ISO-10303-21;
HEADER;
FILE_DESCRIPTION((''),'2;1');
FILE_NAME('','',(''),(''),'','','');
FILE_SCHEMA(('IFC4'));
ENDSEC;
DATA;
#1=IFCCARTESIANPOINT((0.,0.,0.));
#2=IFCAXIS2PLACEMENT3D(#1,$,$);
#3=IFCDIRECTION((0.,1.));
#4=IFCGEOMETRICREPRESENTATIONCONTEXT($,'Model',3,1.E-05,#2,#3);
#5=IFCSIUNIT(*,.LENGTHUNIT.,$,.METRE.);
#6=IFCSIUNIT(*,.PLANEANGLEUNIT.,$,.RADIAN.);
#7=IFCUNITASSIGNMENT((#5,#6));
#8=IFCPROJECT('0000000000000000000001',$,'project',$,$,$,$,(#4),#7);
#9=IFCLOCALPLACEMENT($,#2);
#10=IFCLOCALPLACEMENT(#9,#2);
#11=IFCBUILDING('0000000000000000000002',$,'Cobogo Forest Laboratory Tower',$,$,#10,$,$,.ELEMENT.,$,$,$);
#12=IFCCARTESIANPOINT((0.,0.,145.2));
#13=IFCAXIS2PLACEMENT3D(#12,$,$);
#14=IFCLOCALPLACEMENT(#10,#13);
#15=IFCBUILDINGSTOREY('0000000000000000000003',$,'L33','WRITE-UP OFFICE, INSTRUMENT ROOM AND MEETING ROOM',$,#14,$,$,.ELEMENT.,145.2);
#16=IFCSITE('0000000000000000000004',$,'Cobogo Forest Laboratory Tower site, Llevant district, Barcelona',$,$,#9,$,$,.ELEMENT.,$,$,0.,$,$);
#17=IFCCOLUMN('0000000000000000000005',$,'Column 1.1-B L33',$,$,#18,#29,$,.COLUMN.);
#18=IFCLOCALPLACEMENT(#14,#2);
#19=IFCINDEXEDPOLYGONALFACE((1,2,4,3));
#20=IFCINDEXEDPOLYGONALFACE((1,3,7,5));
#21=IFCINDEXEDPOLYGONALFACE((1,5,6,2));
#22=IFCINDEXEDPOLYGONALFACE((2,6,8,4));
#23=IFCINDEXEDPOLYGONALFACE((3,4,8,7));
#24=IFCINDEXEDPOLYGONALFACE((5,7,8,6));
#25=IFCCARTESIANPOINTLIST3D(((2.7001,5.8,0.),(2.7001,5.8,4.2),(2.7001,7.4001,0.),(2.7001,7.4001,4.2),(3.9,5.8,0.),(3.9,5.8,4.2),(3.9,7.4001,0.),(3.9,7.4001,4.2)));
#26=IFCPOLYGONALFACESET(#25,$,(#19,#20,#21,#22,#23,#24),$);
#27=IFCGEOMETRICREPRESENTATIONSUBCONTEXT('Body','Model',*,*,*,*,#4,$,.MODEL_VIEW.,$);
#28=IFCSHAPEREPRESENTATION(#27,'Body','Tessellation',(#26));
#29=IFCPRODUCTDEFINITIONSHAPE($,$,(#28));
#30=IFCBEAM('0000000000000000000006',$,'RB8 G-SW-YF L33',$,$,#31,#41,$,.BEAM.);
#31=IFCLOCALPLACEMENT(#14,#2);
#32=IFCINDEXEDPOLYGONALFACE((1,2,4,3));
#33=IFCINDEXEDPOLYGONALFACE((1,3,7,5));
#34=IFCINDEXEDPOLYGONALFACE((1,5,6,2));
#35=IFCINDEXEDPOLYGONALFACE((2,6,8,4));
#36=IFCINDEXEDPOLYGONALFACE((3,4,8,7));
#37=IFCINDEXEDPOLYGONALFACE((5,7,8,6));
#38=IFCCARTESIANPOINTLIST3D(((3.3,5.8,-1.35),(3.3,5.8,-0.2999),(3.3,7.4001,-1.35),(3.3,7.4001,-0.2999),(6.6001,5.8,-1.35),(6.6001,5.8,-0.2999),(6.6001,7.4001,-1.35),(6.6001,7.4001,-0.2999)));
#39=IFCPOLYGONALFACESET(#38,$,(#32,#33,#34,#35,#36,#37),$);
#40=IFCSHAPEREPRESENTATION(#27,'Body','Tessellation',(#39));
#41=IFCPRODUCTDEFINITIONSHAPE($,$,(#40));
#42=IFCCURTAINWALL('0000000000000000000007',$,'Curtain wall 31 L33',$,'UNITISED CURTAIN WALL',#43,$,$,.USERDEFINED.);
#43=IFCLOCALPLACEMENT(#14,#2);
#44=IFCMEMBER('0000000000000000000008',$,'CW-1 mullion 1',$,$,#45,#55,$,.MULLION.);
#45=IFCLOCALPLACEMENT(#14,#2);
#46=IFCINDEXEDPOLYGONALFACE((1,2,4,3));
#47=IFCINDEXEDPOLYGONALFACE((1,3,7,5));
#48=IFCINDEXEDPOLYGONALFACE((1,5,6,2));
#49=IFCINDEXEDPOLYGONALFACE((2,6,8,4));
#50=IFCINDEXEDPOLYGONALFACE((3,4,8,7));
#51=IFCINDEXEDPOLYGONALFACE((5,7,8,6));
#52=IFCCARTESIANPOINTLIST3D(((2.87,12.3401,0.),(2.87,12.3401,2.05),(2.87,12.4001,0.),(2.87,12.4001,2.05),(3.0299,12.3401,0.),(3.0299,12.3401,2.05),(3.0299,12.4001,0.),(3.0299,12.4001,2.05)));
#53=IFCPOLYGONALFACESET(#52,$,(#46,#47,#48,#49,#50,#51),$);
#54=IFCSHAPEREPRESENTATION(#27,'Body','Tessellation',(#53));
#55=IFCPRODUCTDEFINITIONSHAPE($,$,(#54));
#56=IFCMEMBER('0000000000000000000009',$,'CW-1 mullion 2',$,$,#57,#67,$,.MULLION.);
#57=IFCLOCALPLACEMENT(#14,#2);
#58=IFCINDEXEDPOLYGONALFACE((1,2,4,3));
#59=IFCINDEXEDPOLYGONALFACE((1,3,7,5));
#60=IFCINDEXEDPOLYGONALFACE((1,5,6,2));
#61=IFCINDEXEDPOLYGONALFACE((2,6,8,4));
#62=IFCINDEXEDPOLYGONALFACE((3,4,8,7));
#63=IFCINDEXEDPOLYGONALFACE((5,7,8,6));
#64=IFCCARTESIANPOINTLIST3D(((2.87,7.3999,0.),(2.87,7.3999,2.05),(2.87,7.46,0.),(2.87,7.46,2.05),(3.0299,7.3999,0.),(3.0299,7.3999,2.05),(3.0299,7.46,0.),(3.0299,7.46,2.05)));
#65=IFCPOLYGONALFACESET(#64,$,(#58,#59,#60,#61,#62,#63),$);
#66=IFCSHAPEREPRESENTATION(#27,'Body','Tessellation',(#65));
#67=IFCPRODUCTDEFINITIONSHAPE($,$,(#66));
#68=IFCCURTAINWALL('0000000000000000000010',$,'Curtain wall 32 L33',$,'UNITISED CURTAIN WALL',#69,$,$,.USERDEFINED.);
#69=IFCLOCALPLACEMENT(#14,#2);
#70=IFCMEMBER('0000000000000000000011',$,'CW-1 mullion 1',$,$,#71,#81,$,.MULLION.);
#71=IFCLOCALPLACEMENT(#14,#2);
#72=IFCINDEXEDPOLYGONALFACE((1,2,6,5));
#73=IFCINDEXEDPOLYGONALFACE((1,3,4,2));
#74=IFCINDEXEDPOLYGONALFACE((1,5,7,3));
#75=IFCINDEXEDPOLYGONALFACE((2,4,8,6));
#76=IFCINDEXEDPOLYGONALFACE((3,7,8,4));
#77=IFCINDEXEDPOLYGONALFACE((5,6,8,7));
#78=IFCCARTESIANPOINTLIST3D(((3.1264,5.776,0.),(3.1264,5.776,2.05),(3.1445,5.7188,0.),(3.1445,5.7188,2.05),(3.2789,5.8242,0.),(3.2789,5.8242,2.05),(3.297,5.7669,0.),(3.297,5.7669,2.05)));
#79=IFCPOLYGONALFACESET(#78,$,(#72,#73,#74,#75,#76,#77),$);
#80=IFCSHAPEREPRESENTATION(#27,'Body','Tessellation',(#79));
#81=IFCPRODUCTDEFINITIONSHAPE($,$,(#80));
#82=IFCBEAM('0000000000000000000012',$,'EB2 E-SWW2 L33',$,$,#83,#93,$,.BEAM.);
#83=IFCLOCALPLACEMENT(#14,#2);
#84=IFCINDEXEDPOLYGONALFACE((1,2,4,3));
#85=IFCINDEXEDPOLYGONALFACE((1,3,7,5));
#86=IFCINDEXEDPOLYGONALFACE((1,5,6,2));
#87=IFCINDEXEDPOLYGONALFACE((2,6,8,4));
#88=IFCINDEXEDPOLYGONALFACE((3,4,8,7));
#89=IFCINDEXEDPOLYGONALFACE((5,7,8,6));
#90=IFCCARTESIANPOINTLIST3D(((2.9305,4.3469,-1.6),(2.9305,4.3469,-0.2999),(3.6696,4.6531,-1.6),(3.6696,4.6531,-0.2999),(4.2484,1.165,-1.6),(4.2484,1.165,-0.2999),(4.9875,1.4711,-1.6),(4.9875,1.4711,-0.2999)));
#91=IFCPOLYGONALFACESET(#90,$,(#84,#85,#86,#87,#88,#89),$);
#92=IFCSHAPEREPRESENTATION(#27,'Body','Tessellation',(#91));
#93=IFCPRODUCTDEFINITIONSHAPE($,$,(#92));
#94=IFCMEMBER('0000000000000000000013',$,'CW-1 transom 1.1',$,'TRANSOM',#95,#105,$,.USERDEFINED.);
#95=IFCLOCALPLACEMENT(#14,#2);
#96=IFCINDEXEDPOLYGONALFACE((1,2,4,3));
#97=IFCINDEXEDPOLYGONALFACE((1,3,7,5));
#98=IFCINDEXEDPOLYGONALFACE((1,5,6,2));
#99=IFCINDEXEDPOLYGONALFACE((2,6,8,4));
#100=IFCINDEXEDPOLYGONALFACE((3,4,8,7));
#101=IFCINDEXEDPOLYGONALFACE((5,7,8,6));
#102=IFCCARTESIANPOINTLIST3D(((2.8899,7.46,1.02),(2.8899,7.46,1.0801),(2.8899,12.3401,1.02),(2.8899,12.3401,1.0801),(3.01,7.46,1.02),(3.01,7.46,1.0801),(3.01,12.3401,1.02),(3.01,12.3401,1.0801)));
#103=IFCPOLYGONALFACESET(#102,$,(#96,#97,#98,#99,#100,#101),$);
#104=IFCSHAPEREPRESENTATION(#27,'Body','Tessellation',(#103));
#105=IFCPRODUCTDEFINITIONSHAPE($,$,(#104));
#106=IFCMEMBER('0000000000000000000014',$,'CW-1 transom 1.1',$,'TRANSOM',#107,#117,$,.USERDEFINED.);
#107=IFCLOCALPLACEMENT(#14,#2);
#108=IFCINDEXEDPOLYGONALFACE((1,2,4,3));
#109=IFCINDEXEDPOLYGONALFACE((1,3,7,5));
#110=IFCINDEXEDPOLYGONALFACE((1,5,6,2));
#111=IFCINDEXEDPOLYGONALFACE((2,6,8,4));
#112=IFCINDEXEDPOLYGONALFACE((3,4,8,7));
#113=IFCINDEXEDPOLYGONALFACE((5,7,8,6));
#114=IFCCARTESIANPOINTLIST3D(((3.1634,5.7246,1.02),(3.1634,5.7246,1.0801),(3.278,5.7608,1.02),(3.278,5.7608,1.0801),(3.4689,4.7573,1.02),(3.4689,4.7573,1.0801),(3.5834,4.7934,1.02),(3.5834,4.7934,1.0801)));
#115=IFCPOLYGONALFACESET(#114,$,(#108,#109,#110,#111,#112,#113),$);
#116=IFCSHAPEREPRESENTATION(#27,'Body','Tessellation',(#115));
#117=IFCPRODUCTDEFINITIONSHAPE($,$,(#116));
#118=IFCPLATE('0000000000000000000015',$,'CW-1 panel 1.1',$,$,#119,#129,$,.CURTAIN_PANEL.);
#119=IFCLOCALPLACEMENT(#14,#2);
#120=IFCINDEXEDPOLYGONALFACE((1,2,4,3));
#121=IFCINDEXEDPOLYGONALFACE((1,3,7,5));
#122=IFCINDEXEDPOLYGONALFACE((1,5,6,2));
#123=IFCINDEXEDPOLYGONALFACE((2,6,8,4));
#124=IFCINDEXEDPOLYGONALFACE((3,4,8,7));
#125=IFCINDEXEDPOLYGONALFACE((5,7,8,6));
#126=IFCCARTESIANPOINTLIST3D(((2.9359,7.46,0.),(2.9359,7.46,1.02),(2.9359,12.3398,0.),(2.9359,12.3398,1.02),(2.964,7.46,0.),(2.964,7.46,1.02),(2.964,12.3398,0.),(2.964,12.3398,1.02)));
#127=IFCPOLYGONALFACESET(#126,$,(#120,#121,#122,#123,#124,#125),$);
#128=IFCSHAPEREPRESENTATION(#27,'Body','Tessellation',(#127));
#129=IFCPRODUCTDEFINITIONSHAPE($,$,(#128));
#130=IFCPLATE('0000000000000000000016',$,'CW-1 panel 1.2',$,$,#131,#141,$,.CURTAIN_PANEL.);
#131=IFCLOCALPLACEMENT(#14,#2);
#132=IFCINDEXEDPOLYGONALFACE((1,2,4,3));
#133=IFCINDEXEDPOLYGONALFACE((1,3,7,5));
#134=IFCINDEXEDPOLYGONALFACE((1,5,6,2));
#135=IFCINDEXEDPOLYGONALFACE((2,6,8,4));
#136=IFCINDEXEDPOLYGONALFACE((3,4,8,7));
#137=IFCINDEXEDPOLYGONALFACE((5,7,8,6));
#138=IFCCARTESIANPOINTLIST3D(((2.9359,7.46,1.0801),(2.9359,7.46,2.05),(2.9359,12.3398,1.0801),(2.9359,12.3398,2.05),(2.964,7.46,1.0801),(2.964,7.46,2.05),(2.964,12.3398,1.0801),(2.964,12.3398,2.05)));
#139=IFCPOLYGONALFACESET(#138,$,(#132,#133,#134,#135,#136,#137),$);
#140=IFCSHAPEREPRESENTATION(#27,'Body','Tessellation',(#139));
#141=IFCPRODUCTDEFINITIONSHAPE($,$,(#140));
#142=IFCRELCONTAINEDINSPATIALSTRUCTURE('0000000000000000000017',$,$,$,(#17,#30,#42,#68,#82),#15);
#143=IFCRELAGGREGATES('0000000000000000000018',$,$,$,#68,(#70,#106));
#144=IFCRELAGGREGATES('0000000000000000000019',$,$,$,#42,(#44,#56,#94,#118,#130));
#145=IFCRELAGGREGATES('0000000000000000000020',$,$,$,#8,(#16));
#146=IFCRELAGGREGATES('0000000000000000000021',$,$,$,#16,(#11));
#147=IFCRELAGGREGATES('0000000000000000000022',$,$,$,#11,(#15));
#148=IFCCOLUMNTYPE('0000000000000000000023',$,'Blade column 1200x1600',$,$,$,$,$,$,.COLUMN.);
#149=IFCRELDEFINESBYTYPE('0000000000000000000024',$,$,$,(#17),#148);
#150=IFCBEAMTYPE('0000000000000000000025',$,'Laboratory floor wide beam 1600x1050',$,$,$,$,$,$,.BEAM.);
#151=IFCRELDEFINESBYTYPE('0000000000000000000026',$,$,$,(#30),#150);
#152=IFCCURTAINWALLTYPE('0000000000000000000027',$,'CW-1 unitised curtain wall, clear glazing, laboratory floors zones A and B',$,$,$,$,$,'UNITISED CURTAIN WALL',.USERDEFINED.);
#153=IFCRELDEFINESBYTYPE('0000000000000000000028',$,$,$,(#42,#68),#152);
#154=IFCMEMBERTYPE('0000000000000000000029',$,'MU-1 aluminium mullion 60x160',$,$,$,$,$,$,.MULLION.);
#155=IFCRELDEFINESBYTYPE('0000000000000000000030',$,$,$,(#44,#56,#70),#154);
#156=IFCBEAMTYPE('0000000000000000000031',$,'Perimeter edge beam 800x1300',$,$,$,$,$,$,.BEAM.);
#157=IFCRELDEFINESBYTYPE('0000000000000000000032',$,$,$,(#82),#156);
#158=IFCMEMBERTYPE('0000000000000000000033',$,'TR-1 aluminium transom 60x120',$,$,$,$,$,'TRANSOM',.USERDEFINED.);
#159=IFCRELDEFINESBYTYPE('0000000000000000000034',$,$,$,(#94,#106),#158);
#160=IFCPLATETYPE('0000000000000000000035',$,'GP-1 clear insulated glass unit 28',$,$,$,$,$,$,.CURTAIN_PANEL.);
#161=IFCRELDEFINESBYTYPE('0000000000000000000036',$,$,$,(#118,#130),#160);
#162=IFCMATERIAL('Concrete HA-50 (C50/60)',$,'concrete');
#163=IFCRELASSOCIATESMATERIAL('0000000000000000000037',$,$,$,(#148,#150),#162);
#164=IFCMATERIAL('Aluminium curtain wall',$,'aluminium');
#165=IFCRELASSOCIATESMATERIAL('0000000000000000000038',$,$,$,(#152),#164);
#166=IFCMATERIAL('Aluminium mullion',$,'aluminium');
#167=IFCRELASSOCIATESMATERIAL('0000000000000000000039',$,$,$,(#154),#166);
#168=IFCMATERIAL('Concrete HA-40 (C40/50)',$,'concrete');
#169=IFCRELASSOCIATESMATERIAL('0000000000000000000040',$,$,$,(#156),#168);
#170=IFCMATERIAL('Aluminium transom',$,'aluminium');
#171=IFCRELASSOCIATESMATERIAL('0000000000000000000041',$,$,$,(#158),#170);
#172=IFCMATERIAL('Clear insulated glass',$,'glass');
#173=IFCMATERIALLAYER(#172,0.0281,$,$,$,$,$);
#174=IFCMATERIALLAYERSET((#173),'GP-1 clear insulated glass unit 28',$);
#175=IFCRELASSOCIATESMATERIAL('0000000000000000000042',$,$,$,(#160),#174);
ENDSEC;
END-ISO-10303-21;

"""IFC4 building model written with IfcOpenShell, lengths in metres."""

from ifc_helpers import new_model, si_unit, direction, frame, origin, origin_2d, place, context, subcontext, project, spatial, rectangle, extrude, material, layer, layer_set, material_profile, profile_set, type_object, element, aggregate, save


model = new_model("IFC4")

# Units and contexts
model_context = context("Model", 3, precision=1e-05, world=origin(), true_north=direction((0.0, 1.0)))
body_context = subcontext(model_context, "Body", "Model", "MODEL_VIEW")
ifc_project = project(units=[si_unit("LENGTHUNIT", "METRE"), si_unit("PLANEANGLEUNIT", "RADIAN")], contexts=[model_context])

# Site, building, storey
site_placement = place(None, origin())
site = spatial("IfcSite", under=ifc_project, at=site_placement, Name="Cobogo Forest Laboratory Tower site, Llevant district, Barcelona", CompositionType="ELEMENT", RefElevation=0.0)
building_placement = place(site_placement, origin())
building = spatial("IfcBuilding", under=site, at=building_placement, Name="Cobogo Forest Laboratory Tower", CompositionType="ELEMENT")
storey_placement = place(building_placement, frame((0.0, 0.0, 145.2)))
storey = spatial("IfcBuildingStorey", under=building, at=storey_placement, Name="L33", Description="WRITE-UP OFFICE, INSTRUMENT ROOM AND MEETING ROOM", CompositionType="ELEMENT", Elevation=145.2)

# Column
ifc_material_1 = material(Name="Concrete HA-50 (C50/60)", Category="concrete")
ifc_material_profile_1 = material_profile(ifc_material_1, rectangle(XDim=1.6001, YDim=1.2, at=origin_2d()), Name="RC 1200x1600")
ifc_profile_set_1 = profile_set([ifc_material_profile_1], Name="Concrete HA-50 (C50/60)")
column_type = type_object("IfcColumnType", Name="Blade column 1200x1600", PredefinedType="COLUMN", material=ifc_profile_set_1)
column_placement = place(storey_placement, frame((3.3, 6.6001, 0.0), z_axis=(0.0, 0.0, 1.0), x_axis=(0.0, 1.0, 0.0)))
element("IfcColumn", 1, at=column_placement, inside=storey, type_object=column_type, Name="Column 1.1-B L33", PredefinedType="COLUMN", context=body_context, shape_type="SweptSolid", body=[
    extrude(rectangle(XDim=1.6001, YDim=1.2, at=origin_2d()), origin(), (0.0, 0.0, 1.0), 4.2),
])

# Beam
ifc_material_profile_2 = material_profile(ifc_material_1, rectangle(XDim=1.6001, YDim=1.05, at=origin_2d()), Name="RC 1600x1050")
ifc_profile_set_2 = profile_set([ifc_material_profile_2], Name="Concrete HA-50 (C50/60)")
beam_type_1 = type_object("IfcBeamType", Name="Laboratory floor wide beam 1600x1050", PredefinedType="BEAM", material=ifc_profile_set_2)
beam_1_placement = place(storey_placement, frame((3.3, 6.6001, -0.825), z_axis=(1.0, 0.0, 0.0), x_axis=(0.0, 1.0, 0.0)))
element("IfcBeam", 2, at=beam_1_placement, inside=storey, type_object=beam_type_1, Name="RB8 G-SW-YF L33", PredefinedType="BEAM", context=body_context, shape_type="SweptSolid", body=[
    extrude(rectangle(XDim=1.6001, YDim=1.05, at=origin_2d()), origin(), (0.0, 0.0, 1.0), 3.3),
])

# Curtain wall, members
ifc_material_2 = material(Name="Aluminium curtain wall", Category="aluminium")
curtain_wall_type = type_object("IfcCurtainWallType", Name="CW-1 unitised curtain wall, clear glazing, laboratory floors zones A and B", ElementType="UNITISED CURTAIN WALL", PredefinedType="USERDEFINED", material=ifc_material_2)
curtain_wall_1_placement = place(storey_placement, origin())
curtain_wall_1 = element("IfcCurtainWall", 3, at=curtain_wall_1_placement, inside=storey, type_object=curtain_wall_type, Name="Curtain wall 31 L33", ObjectType="UNITISED CURTAIN WALL", PredefinedType="USERDEFINED")
ifc_material_3 = material(Name="Aluminium mullion", Category="aluminium")
ifc_material_profile_3 = material_profile(ifc_material_3, rectangle(XDim=0.0601, YDim=0.1599, at=origin_2d()), Name="AL 60x160")
ifc_profile_set_3 = profile_set([ifc_material_profile_3], Name="Aluminium mullion")
member_type_1 = type_object("IfcMemberType", Name="MU-1 aluminium mullion 60x160", PredefinedType="MULLION", material=ifc_profile_set_3)
member_1_placement = place(storey_placement, frame((2.95, 12.3701, 0.0), z_axis=(0.0, 0.0, 1.0), x_axis=(0.0, -1.0, 0.0)))
member_1 = element("IfcMember", 4, at=member_1_placement, type_object=member_type_1, Name="CW-1 mullion 1", PredefinedType="MULLION", context=body_context, shape_type="SweptSolid", body=[
    extrude(rectangle(XDim=0.0601, YDim=0.1599, at=origin_2d()), origin(), (0.0, 0.0, 1.0), 2.05),
])
member_2_placement = place(storey_placement, frame((2.95, 7.4299, 0.0), z_axis=(0.0, 0.0, 1.0), x_axis=(0.0, -1.0, 0.0)))
member_2 = element("IfcMember", 5, at=member_2_placement, type_object=member_type_1, Name="CW-1 mullion 2", PredefinedType="MULLION", context=body_context, shape_type="SweptSolid", body=[
    extrude(rectangle(XDim=0.0601, YDim=0.1599, at=origin_2d()), origin(), (0.0, 0.0, 1.0), 2.05),
])

# Curtain wall, member
curtain_wall_2_placement = place(storey_placement, origin())
curtain_wall_2 = element("IfcCurtainWall", 6, at=curtain_wall_2_placement, inside=storey, type_object=curtain_wall_type, Name="Curtain wall 32 L33", ObjectType="UNITISED CURTAIN WALL", PredefinedType="USERDEFINED")
member_3_placement = place(storey_placement, frame((3.2117, 5.7715, 0.0), z_axis=(0.0, 0.0, 1.0), x_axis=(0.301136, -0.953581, 0.0)))
member_3 = element("IfcMember", 7, at=member_3_placement, type_object=member_type_1, Name="CW-1 mullion 1", PredefinedType="MULLION", context=body_context, shape_type="SweptSolid", body=[
    extrude(rectangle(XDim=0.0601, YDim=0.1599, at=origin_2d()), origin(), (0.0, 0.0, 1.0), 2.05),
])

# Beam
ifc_material_4 = material(Name="Concrete HA-40 (C40/50)", Category="concrete")
ifc_material_profile_4 = material_profile(ifc_material_4, rectangle(XDim=0.8, YDim=1.3, at=origin_2d()), Name="RC 800x1300")
ifc_profile_set_4 = profile_set([ifc_material_profile_4], Name="Concrete HA-40 (C40/50)")
beam_type_2 = type_object("IfcBeamType", Name="Perimeter edge beam 800x1300", PredefinedType="BEAM", material=ifc_profile_set_4)
beam_2_placement = place(storey_placement, frame((3.3, 4.5, -0.95), z_axis=(0.382656, -0.923891, 0.0), x_axis=(0.923891, 0.382656, 0.0)))
element("IfcBeam", 8, at=beam_2_placement, inside=storey, type_object=beam_type_2, Name="EB2 E-SWW2 L33", PredefinedType="BEAM", context=body_context, shape_type="SweptSolid", body=[
    extrude(rectangle(XDim=0.8, YDim=1.3, at=origin_2d()), origin(), (0.0, 0.0, 1.0), 3.4441),
])

# Members
ifc_material_5 = material(Name="Aluminium transom", Category="aluminium")
ifc_material_profile_5 = material_profile(ifc_material_5, rectangle(XDim=0.1201, YDim=0.0601, at=origin_2d()), Name="AL 60x120")
ifc_profile_set_5 = profile_set([ifc_material_profile_5], Name="Aluminium transom")
member_type_2 = type_object("IfcMemberType", Name="TR-1 aluminium transom 60x120", ElementType="TRANSOM", PredefinedType="USERDEFINED", material=ifc_profile_set_5)
member_4_placement = place(storey_placement, frame((2.95, 12.3401, 1.05), z_axis=(0.0, -1.0, 0.0), x_axis=(1.0, 0.0, 0.0)))
member_4 = element("IfcMember", 9, at=member_4_placement, type_object=member_type_2, Name="CW-1 transom 1.1", ObjectType="TRANSOM", PredefinedType="USERDEFINED", context=body_context, shape_type="SweptSolid", body=[
    extrude(rectangle(XDim=0.1201, YDim=0.0601, at=origin_2d()), origin(), (0.0, 0.0, 1.0), 4.8801),
])
member_5_placement = place(storey_placement, frame((3.2207, 5.7427, 1.05), z_axis=(0.301097, -0.953594, 0.0), x_axis=(0.953594, 0.301097, 0.0)))
member_5 = element("IfcMember", 10, at=member_5_placement, type_object=member_type_2, Name="CW-1 transom 1.1", ObjectType="TRANSOM", PredefinedType="USERDEFINED", context=body_context, shape_type="SweptSolid", body=[
    extrude(rectangle(XDim=0.1201, YDim=0.0601, at=origin_2d()), origin(), (0.0, 0.0, 1.0), 1.0144),
])
aggregate(curtain_wall_2, [member_3, member_5])

# Plates
ifc_material_6 = material(Name="Clear insulated glass", Category="glass")
ifc_layer_1 = layer(ifc_material_6, 0.0281)
ifc_layer_set_1 = layer_set([ifc_layer_1], Name="GP-1 clear insulated glass unit 28")
plate_type_1 = type_object("IfcPlateType", Name="GP-1 clear insulated glass unit 28", PredefinedType="CURTAIN_PANEL", material=ifc_layer_set_1)
plate_1_placement = place(storey_placement, frame((2.95, 9.8999, 0.0), z_axis=(0.0, 0.0, 1.0), x_axis=(0.0, -1.0, 0.0)))
plate_1 = element("IfcPlate", 11, at=plate_1_placement, type_object=plate_type_1, Name="CW-1 panel 1.1", PredefinedType="CURTAIN_PANEL", context=body_context, shape_type="SweptSolid", body=[
    extrude(rectangle(XDim=4.8799, YDim=0.0281, at=origin_2d()), origin(), (0.0, 0.0, 1.0), 1.02),
])
plate_2_placement = place(storey_placement, frame((2.95, 9.8999, 1.0801), z_axis=(0.0, 0.0, 1.0), x_axis=(0.0, -1.0, 0.0)))
plate_2 = element("IfcPlate", 12, at=plate_2_placement, type_object=plate_type_1, Name="CW-1 panel 1.2", PredefinedType="CURTAIN_PANEL", context=body_context, shape_type="SweptSolid", body=[
    extrude(rectangle(XDim=4.8799, YDim=0.0281, at=origin_2d()), origin(), (0.0, 0.0, 1.0), 0.97),
])
aggregate(curtain_wall_1, [member_1, member_2, member_4, plate_1, plate_2])

save(model, "model.ifc")
